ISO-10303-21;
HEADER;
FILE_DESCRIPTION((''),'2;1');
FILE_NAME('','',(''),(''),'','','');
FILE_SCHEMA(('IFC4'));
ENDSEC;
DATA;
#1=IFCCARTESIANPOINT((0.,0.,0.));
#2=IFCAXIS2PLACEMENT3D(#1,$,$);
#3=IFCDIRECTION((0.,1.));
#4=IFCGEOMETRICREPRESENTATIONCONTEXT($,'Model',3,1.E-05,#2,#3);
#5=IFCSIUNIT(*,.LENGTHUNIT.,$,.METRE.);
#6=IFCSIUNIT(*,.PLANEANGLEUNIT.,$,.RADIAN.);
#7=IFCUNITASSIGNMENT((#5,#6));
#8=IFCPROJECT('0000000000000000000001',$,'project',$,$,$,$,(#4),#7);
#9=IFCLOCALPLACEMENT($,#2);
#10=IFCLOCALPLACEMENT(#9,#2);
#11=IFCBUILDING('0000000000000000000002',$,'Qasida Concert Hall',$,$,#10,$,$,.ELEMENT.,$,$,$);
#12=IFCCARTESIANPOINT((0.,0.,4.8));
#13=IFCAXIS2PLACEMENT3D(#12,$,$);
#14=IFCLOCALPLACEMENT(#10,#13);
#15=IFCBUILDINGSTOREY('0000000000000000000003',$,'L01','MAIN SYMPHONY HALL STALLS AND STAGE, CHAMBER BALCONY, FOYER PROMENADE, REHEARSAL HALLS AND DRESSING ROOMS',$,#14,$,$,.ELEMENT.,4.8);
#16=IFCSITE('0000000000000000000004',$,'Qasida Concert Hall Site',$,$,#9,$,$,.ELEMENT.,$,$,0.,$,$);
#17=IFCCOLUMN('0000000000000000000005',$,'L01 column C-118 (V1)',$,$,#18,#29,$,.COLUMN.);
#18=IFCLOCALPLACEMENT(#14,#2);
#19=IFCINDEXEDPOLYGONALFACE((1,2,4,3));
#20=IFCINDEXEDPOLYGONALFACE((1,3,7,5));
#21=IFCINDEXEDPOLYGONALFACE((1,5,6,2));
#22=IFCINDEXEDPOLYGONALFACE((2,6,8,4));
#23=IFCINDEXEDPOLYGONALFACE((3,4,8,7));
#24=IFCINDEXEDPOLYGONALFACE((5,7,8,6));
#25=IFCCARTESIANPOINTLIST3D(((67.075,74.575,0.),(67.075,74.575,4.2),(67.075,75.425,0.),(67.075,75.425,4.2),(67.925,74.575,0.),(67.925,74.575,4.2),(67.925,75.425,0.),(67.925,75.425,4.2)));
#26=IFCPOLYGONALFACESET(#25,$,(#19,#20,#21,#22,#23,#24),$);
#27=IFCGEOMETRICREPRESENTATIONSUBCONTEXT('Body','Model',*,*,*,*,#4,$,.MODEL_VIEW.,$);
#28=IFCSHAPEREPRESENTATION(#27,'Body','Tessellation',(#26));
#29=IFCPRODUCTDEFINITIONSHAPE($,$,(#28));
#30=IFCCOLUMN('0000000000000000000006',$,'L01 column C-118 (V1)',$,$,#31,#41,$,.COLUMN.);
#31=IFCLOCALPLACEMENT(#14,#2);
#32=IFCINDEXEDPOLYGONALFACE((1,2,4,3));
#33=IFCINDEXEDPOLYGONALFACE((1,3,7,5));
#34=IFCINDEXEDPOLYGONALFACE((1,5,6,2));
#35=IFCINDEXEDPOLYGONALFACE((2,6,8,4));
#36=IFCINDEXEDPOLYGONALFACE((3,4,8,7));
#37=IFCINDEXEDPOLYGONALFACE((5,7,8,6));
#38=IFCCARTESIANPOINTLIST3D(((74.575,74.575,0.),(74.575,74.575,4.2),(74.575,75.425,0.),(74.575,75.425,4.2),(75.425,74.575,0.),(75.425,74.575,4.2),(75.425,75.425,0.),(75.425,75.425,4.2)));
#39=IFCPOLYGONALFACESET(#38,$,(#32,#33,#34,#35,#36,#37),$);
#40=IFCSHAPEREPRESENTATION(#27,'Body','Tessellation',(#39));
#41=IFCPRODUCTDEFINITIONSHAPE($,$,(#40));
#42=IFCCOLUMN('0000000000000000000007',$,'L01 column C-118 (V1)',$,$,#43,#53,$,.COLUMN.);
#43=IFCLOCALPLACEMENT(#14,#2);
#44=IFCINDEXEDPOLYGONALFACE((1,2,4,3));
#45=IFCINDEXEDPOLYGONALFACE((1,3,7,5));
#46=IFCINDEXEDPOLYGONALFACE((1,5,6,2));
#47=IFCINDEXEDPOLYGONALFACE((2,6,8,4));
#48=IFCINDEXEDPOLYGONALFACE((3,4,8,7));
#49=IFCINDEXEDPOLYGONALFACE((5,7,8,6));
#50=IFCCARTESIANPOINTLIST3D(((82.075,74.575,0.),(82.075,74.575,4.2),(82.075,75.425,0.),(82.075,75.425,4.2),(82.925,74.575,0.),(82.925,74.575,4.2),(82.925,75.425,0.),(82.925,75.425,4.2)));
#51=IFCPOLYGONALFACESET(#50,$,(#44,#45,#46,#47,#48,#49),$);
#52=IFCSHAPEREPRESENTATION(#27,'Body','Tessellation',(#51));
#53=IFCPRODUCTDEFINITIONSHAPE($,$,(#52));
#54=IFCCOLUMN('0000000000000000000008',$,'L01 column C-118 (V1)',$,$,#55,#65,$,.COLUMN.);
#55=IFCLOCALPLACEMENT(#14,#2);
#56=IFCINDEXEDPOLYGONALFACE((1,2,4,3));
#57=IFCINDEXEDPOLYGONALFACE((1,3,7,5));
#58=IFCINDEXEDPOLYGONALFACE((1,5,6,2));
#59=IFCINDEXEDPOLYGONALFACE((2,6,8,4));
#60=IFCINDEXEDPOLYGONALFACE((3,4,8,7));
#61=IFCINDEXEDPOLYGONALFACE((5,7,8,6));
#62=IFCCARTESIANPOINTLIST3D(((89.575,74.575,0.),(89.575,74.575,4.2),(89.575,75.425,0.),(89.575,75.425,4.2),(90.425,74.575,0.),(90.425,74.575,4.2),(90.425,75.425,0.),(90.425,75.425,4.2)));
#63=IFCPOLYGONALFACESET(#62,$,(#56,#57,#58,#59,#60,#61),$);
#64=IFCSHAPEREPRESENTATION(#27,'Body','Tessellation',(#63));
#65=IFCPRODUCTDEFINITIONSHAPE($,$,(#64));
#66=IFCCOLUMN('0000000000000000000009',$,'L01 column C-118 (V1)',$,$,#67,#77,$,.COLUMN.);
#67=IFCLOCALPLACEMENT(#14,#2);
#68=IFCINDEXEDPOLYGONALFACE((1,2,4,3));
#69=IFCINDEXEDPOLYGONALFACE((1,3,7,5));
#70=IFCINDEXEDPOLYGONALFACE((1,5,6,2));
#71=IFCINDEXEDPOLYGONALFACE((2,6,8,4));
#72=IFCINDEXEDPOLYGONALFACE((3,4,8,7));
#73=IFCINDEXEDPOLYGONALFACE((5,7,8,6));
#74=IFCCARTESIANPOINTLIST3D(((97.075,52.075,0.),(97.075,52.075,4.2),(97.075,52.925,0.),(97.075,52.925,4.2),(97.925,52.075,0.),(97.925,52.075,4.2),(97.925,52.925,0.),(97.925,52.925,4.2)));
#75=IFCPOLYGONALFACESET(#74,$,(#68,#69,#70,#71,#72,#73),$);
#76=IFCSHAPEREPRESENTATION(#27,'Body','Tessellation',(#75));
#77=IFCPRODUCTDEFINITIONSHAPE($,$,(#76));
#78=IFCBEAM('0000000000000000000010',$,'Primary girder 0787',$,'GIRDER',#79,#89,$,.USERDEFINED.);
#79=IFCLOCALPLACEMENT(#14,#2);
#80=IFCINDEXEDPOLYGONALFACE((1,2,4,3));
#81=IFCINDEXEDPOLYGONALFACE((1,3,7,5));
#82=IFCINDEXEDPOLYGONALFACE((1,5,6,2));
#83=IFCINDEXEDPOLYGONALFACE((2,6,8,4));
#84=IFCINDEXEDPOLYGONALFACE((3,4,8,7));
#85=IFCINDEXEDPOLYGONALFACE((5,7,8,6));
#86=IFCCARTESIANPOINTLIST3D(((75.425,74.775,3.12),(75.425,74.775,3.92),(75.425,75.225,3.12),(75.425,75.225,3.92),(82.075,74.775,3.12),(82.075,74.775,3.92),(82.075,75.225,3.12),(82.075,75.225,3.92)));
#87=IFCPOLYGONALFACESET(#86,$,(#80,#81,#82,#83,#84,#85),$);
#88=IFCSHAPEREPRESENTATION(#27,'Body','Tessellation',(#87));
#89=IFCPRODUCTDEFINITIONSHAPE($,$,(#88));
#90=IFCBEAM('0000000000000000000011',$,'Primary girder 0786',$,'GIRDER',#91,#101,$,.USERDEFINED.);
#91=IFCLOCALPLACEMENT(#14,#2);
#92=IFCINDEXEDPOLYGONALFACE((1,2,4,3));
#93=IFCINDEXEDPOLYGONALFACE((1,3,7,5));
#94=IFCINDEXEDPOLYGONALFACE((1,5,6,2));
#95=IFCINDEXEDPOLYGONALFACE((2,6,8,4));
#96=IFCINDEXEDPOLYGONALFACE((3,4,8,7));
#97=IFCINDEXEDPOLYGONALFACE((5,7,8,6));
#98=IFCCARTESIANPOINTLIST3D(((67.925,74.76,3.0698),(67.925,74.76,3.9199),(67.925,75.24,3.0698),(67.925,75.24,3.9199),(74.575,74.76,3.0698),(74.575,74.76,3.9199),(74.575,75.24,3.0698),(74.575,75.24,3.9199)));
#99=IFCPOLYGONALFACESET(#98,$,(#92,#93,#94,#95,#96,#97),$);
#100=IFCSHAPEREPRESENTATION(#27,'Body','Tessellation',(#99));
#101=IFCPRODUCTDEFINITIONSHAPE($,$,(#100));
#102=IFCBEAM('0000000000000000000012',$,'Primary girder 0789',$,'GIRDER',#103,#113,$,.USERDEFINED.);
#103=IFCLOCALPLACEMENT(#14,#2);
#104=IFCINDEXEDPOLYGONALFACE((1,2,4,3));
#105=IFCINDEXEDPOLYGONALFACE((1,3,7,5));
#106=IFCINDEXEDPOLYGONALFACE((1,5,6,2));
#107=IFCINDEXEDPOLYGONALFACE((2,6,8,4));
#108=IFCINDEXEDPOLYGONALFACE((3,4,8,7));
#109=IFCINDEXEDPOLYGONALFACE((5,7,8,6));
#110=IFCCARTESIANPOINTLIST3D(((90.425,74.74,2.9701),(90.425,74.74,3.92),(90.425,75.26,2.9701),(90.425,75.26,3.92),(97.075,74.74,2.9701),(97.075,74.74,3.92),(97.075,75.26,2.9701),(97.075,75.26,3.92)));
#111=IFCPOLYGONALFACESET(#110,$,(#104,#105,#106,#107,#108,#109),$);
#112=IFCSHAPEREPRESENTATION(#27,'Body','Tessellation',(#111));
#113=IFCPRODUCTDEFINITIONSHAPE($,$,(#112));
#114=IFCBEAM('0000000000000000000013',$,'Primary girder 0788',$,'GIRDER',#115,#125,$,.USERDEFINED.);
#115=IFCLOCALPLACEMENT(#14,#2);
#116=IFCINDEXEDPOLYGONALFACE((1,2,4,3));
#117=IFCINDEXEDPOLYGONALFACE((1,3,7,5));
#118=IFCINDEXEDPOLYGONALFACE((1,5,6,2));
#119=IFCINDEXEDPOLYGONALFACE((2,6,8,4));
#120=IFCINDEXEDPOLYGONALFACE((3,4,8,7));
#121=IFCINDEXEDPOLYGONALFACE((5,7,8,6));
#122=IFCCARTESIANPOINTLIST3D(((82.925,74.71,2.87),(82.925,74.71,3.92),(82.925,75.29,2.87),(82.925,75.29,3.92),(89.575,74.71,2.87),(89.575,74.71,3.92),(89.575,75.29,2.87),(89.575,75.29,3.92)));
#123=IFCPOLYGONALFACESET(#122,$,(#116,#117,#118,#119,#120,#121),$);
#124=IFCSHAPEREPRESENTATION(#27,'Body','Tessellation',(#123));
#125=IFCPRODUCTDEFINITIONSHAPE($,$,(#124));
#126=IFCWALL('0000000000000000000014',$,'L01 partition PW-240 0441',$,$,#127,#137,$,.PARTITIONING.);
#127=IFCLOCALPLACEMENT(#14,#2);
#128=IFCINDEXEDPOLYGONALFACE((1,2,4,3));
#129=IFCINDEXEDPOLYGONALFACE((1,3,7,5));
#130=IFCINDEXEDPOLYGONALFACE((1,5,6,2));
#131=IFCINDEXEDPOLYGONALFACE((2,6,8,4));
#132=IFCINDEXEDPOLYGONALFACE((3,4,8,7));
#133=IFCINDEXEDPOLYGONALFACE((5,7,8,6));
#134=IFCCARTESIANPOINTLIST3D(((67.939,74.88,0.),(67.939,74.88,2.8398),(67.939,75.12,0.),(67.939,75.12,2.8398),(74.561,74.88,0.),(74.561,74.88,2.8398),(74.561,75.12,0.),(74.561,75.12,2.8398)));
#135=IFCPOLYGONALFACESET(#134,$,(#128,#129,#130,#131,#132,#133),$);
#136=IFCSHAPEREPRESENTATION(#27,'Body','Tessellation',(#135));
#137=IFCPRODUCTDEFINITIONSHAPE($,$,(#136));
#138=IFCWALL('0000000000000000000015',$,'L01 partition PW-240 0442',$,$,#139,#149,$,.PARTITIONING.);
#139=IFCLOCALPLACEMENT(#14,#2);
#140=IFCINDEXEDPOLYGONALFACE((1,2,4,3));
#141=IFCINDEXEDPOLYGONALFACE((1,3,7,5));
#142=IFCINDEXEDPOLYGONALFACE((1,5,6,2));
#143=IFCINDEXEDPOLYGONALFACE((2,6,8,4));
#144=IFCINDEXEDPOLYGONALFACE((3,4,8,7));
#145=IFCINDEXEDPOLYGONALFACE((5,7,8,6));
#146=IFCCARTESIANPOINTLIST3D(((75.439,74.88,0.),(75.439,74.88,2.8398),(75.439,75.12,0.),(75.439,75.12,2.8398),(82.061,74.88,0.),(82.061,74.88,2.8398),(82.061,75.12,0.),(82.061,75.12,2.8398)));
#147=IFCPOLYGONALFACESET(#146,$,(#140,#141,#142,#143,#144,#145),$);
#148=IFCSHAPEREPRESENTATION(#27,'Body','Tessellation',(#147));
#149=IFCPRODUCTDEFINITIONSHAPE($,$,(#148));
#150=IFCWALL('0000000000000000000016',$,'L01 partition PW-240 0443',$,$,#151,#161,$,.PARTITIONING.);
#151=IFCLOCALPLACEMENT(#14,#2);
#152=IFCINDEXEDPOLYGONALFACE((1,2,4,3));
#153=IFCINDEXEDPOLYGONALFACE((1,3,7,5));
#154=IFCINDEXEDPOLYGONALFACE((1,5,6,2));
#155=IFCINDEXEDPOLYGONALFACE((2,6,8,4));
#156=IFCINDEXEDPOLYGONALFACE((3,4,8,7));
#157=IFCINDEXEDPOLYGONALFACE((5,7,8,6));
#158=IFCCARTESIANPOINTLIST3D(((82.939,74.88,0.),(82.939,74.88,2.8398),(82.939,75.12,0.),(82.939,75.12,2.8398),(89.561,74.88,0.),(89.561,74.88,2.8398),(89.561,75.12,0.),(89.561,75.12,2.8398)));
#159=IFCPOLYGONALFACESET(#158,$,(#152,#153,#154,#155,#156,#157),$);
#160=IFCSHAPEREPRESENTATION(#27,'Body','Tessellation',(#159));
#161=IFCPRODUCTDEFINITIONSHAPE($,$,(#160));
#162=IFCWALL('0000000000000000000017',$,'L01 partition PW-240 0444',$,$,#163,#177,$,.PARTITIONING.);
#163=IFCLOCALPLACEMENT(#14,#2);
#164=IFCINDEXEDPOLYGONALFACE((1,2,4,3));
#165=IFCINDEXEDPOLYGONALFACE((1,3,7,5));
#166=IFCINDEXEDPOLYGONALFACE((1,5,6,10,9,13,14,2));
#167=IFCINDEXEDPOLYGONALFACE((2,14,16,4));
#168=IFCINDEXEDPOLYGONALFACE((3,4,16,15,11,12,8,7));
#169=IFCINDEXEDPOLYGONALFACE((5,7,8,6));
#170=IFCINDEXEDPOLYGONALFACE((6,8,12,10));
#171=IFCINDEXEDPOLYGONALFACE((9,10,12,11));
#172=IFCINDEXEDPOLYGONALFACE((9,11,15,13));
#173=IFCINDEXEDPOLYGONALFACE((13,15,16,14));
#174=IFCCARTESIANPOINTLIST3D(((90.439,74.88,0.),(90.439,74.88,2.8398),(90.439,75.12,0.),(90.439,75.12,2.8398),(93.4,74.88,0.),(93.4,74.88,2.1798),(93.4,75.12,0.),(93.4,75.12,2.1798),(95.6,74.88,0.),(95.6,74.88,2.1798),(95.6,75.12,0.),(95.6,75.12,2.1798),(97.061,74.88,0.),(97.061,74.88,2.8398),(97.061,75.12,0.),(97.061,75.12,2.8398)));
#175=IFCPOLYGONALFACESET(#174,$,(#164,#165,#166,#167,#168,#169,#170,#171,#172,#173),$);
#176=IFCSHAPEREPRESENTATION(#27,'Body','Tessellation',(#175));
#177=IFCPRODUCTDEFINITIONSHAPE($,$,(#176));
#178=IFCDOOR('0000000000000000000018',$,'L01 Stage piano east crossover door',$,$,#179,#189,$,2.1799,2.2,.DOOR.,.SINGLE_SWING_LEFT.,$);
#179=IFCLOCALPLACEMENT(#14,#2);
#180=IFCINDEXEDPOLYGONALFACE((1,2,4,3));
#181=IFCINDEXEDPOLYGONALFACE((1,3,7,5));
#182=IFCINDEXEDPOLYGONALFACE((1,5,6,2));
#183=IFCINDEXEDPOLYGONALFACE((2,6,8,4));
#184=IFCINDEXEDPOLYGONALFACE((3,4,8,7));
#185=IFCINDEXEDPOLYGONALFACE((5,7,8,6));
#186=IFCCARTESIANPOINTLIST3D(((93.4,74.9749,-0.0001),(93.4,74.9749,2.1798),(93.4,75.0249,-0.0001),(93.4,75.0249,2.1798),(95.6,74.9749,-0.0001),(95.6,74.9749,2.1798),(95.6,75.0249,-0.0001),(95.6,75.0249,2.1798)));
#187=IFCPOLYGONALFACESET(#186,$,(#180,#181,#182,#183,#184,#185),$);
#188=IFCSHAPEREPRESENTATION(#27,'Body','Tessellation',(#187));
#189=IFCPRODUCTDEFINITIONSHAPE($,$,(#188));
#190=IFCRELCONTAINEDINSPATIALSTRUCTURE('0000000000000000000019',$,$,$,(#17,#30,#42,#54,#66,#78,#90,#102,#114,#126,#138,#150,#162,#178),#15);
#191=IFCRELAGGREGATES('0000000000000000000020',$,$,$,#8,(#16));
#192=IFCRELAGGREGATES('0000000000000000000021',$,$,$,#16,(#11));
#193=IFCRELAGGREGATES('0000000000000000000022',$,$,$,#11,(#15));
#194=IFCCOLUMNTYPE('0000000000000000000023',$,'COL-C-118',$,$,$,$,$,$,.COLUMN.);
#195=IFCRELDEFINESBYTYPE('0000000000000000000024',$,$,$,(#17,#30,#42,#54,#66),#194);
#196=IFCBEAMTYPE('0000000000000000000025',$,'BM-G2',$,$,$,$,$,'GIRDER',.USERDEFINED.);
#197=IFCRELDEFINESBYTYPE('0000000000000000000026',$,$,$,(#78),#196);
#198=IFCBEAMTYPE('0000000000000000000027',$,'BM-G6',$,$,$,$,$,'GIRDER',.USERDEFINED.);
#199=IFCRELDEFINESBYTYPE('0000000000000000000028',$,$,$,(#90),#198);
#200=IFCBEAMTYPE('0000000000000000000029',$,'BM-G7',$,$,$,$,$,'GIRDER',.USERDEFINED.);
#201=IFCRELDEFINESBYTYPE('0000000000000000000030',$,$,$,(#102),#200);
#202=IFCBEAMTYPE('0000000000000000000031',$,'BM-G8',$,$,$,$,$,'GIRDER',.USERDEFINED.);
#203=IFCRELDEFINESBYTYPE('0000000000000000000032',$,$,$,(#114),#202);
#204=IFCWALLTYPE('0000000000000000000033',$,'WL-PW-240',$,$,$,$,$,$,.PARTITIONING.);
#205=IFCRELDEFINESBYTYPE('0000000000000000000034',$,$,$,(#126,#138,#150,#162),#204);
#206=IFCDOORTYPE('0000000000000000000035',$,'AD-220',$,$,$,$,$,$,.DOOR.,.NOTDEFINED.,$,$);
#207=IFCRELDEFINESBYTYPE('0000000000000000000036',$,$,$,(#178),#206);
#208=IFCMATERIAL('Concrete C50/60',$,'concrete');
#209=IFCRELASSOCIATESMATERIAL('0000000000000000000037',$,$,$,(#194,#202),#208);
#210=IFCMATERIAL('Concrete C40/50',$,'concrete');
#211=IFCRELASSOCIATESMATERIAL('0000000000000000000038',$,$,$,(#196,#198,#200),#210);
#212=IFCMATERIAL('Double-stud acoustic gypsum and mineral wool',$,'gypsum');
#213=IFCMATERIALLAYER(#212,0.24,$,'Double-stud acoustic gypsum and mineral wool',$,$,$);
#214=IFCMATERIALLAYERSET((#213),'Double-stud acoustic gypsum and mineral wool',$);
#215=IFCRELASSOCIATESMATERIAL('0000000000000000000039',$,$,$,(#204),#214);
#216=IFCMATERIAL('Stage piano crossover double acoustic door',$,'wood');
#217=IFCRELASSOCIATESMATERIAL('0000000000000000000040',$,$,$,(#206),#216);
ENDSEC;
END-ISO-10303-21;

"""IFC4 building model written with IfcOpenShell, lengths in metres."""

from ifc_helpers import new_model, si_unit, direction, frame, frame_2d, origin, origin_2d, place, context, subcontext, project, spatial, rectangle, extrude, material, layer, layer_set, material_profile, profile_set, type_object, element, fill, save


model = new_model("IFC4")

# Units and contexts
model_context = context("Model", 3, precision=1e-05, world=origin(), true_north=direction((0.0, 1.0)))
body_context = subcontext(model_context, "Body", "Model", "MODEL_VIEW")
ifc_project = project(units=[si_unit("LENGTHUNIT", "METRE"), si_unit("PLANEANGLEUNIT", "RADIAN")], contexts=[model_context])

# Site, building, storey
site_placement = place(None, origin())
site = spatial("IfcSite", under=ifc_project, at=site_placement, Name="Qasida Concert Hall Site", CompositionType="ELEMENT", RefElevation=0.0)
building_placement = place(site_placement, origin())
building = spatial("IfcBuilding", under=site, at=building_placement, Name="Qasida Concert Hall", CompositionType="ELEMENT")
storey_placement = place(building_placement, frame((0.0, 0.0, 4.8)))
storey = spatial("IfcBuildingStorey", under=building, at=storey_placement, Name="L01", Description="MAIN SYMPHONY HALL STALLS AND STAGE, CHAMBER BALCONY, FOYER PROMENADE, REHEARSAL HALLS AND DRESSING ROOMS", CompositionType="ELEMENT", Elevation=4.8)

# Columns
ifc_material_1 = material(Name="Concrete C50/60", Category="concrete")
ifc_material_profile_1 = material_profile(ifc_material_1, rectangle(XDim=0.8501, YDim=0.8501, at=origin_2d()), Name="RC 850x850")
ifc_profile_set_1 = profile_set([ifc_material_profile_1], Name="Concrete C50/60")
column_type = type_object("IfcColumnType", Name="COL-C-118", PredefinedType="COLUMN", material=ifc_profile_set_1)
for number, where, z_axis, x_axis, name in (
    (1, (67.5, 75.0, 0.0), (0.0, 0.0, 1.0), (1.0, 0.0, 0.0), "L01 column C-118 (V1)"),
    (2, (75.0, 75.0, 0.0), (0.0, 0.0, 1.0), (1.0, 0.0, 0.0), "L01 column C-118 (V1)"),
    (3, (82.5, 75.0, 0.0), (0.0, 0.0, 1.0), (1.0, 0.0, 0.0), "L01 column C-118 (V1)"),
    (4, (90.0, 75.0, 0.0), (0.0, 0.0, 1.0), (1.0, 0.0, 0.0), "L01 column C-118 (V1)"),
    (5, (97.5, 52.5, 0.0), (0.0, 0.0, 1.0), (1.0, 0.0, 0.0), "L01 column C-118 (V1)"),
):
    element("IfcColumn", number, at=place(storey_placement, frame(where, z_axis=z_axis, x_axis=x_axis)), inside=storey, type_object=column_type, Name=name, PredefinedType="COLUMN", context=body_context, shape_type="SweptSolid", body=[
        extrude(rectangle(XDim=0.8501, YDim=0.8501, at=origin_2d()), origin(), (0.0, 0.0, 1.0), 4.2),
    ])

# Beams
ifc_material_2 = material(Name="Concrete C40/50", Category="concrete")
ifc_material_profile_2 = material_profile(ifc_material_2, rectangle(XDim=0.45, YDim=0.8, at=origin_2d()), Name="RC 450x800")
ifc_profile_set_2 = profile_set([ifc_material_profile_2], Name="Concrete C40/50")
beam_type_1 = type_object("IfcBeamType", Name="BM-G2", ElementType="GIRDER", PredefinedType="USERDEFINED", material=ifc_profile_set_2)
beam_1_placement = place(storey_placement, frame((75.425, 75.0, 3.52), z_axis=(1.0, 0.0, 0.0), x_axis=(0.0, 1.0, 0.0)))
element("IfcBeam", 6, at=beam_1_placement, inside=storey, type_object=beam_type_1, Name="Primary girder 0787", ObjectType="GIRDER", PredefinedType="USERDEFINED", context=body_context, shape_type="SweptSolid", body=[
    extrude(rectangle(XDim=0.45, YDim=0.8, at=origin_2d()), origin(), (0.0, 0.0, 1.0), 6.6499),
])
ifc_material_profile_3 = material_profile(ifc_material_2, rectangle(XDim=0.48, YDim=0.8501, at=origin_2d()), Name="RC 480x850")
ifc_profile_set_3 = profile_set([ifc_material_profile_3], Name="Concrete C40/50")
beam_type_2 = type_object("IfcBeamType", Name="BM-G6", ElementType="GIRDER", PredefinedType="USERDEFINED", material=ifc_profile_set_3)
beam_2_placement = place(storey_placement, frame((67.925, 75.0, 3.4949), z_axis=(1.0, 0.0, 0.0), x_axis=(0.0, 1.0, 0.0)))
element("IfcBeam", 7, at=beam_2_placement, inside=storey, type_object=beam_type_2, Name="Primary girder 0786", ObjectType="GIRDER", PredefinedType="USERDEFINED", context=body_context, shape_type="SweptSolid", body=[
    extrude(rectangle(XDim=0.48, YDim=0.8501, at=origin_2d()), origin(), (0.0, 0.0, 1.0), 6.6499),
])
ifc_material_profile_4 = material_profile(ifc_material_2, rectangle(XDim=0.52, YDim=0.95, at=origin_2d()), Name="RC 520x950")
ifc_profile_set_4 = profile_set([ifc_material_profile_4], Name="Concrete C40/50")
beam_type_3 = type_object("IfcBeamType", Name="BM-G7", ElementType="GIRDER", PredefinedType="USERDEFINED", material=ifc_profile_set_4)
beam_3_placement = place(storey_placement, frame((90.425, 75.0, 3.4451), z_axis=(1.0, 0.0, 0.0), x_axis=(0.0, 1.0, 0.0)))
element("IfcBeam", 8, at=beam_3_placement, inside=storey, type_object=beam_type_3, Name="Primary girder 0789", ObjectType="GIRDER", PredefinedType="USERDEFINED", context=body_context, shape_type="SweptSolid", body=[
    extrude(rectangle(XDim=0.52, YDim=0.95, at=origin_2d()), origin(), (0.0, 0.0, 1.0), 6.6499),
])
ifc_material_profile_5 = material_profile(ifc_material_1, rectangle(XDim=0.5801, YDim=1.05, at=origin_2d()), Name="RC 580x1050")
ifc_profile_set_5 = profile_set([ifc_material_profile_5], Name="Concrete C50/60")
beam_type_4 = type_object("IfcBeamType", Name="BM-G8", ElementType="GIRDER", PredefinedType="USERDEFINED", material=ifc_profile_set_5)
beam_4_placement = place(storey_placement, frame((82.925, 75.0, 3.395), z_axis=(1.0, 0.0, 0.0), x_axis=(0.0, 1.0, 0.0)))
element("IfcBeam", 9, at=beam_4_placement, inside=storey, type_object=beam_type_4, Name="Primary girder 0788", ObjectType="GIRDER", PredefinedType="USERDEFINED", context=body_context, shape_type="SweptSolid", body=[
    extrude(rectangle(XDim=0.5801, YDim=1.05, at=origin_2d()), origin(), (0.0, 0.0, 1.0), 6.6499),
])

# Walls
ifc_material_3 = material(Name="Double-stud acoustic gypsum and mineral wool", Category="gypsum")
ifc_layer_1 = layer(ifc_material_3, 0.24, Name="Double-stud acoustic gypsum and mineral wool")
ifc_layer_set_1 = layer_set([ifc_layer_1], Name="Double-stud acoustic gypsum and mineral wool")
wall_type = type_object("IfcWallType", Name="WL-PW-240", PredefinedType="PARTITIONING", material=ifc_layer_set_1)
for number, where, z_axis, x_axis, name in (
    (10, (67.939, 75.0, 0.0), (0.0, 0.0, 1.0), (1.0, 0.0, 0.0), "L01 partition PW-240 0441"),
    (11, (75.439, 75.0, 0.0), (0.0, 0.0, 1.0), (1.0, 0.0, 0.0), "L01 partition PW-240 0442"),
    (12, (82.939, 75.0, 0.0), (0.0, 0.0, 1.0), (1.0, 0.0, 0.0), "L01 partition PW-240 0443"),
):
    element("IfcWall", number, at=place(storey_placement, frame(where, z_axis=z_axis, x_axis=x_axis)), inside=storey, type_object=wall_type, Name=name, PredefinedType="PARTITIONING", context=body_context, shape_type="SweptSolid", body=[
        extrude(rectangle(XDim=6.6221, YDim=0.24, at=frame_2d((3.311, 0.0))), origin(), (0.0, 0.0, 1.0), 2.8398),
    ])

# Wall, opening, door
wall_placement = place(storey_placement, frame((90.439, 75.0, 0.0), z_axis=(0.0, 0.0, 1.0), x_axis=(1.0, 0.0, 0.0)))
wall = element("IfcWall", 13, at=wall_placement, inside=storey, type_object=wall_type, Name="L01 partition PW-240 0444", PredefinedType="PARTITIONING", context=body_context, shape_type="SweptSolid", body=[
    extrude(rectangle(XDim=6.6221, YDim=0.24, at=frame_2d((3.311, 0.0))), origin(), (0.0, 0.0, 1.0), 2.8398),
])
opening_placement = place(wall_placement, frame((2.9609, 0.0, 0.0)))
opening = element("IfcOpeningElement", 14, at=opening_placement, cuts=wall, PredefinedType="OPENING", context=body_context, shape_type="SweptSolid", body=[
    extrude(rectangle(XDim=2.2, YDim=2.1799, at=frame_2d((1.1001, 1.0898))), frame((0.0, 0.1299, 0.0), z_axis=(0.0, -1.0, 0.0), x_axis=(1.0, 0.0, 0.0)), (0.0, 0.0, 1.0), 0.26),
])
ifc_material_4 = material(Name="Stage piano crossover double acoustic door", Category="wood")
door_type = type_object("IfcDoorType", Name="AD-220", OperationType="NOTDEFINED", PredefinedType="DOOR", material=ifc_material_4)
door_placement = place(opening_placement, origin())
door = element("IfcDoor", 15, at=door_placement, inside=storey, type_object=door_type, Name="L01 Stage piano east crossover door", OperationType="SINGLE_SWING_LEFT", OverallHeight=2.1799, OverallWidth=2.2, PredefinedType="DOOR", context=body_context, shape_type="SweptSolid", body=[
    extrude(rectangle(XDim=2.2, YDim=2.1799, at=frame_2d((1.1001, 1.0898))), frame((0.0, 0.0249, 0.0), z_axis=(0.0, -1.0, 0.0), x_axis=(1.0, 0.0, 0.0)), (0.0, 0.0, 1.0), 0.05),
])
fill(opening, door)

save(model, "model.ifc")
